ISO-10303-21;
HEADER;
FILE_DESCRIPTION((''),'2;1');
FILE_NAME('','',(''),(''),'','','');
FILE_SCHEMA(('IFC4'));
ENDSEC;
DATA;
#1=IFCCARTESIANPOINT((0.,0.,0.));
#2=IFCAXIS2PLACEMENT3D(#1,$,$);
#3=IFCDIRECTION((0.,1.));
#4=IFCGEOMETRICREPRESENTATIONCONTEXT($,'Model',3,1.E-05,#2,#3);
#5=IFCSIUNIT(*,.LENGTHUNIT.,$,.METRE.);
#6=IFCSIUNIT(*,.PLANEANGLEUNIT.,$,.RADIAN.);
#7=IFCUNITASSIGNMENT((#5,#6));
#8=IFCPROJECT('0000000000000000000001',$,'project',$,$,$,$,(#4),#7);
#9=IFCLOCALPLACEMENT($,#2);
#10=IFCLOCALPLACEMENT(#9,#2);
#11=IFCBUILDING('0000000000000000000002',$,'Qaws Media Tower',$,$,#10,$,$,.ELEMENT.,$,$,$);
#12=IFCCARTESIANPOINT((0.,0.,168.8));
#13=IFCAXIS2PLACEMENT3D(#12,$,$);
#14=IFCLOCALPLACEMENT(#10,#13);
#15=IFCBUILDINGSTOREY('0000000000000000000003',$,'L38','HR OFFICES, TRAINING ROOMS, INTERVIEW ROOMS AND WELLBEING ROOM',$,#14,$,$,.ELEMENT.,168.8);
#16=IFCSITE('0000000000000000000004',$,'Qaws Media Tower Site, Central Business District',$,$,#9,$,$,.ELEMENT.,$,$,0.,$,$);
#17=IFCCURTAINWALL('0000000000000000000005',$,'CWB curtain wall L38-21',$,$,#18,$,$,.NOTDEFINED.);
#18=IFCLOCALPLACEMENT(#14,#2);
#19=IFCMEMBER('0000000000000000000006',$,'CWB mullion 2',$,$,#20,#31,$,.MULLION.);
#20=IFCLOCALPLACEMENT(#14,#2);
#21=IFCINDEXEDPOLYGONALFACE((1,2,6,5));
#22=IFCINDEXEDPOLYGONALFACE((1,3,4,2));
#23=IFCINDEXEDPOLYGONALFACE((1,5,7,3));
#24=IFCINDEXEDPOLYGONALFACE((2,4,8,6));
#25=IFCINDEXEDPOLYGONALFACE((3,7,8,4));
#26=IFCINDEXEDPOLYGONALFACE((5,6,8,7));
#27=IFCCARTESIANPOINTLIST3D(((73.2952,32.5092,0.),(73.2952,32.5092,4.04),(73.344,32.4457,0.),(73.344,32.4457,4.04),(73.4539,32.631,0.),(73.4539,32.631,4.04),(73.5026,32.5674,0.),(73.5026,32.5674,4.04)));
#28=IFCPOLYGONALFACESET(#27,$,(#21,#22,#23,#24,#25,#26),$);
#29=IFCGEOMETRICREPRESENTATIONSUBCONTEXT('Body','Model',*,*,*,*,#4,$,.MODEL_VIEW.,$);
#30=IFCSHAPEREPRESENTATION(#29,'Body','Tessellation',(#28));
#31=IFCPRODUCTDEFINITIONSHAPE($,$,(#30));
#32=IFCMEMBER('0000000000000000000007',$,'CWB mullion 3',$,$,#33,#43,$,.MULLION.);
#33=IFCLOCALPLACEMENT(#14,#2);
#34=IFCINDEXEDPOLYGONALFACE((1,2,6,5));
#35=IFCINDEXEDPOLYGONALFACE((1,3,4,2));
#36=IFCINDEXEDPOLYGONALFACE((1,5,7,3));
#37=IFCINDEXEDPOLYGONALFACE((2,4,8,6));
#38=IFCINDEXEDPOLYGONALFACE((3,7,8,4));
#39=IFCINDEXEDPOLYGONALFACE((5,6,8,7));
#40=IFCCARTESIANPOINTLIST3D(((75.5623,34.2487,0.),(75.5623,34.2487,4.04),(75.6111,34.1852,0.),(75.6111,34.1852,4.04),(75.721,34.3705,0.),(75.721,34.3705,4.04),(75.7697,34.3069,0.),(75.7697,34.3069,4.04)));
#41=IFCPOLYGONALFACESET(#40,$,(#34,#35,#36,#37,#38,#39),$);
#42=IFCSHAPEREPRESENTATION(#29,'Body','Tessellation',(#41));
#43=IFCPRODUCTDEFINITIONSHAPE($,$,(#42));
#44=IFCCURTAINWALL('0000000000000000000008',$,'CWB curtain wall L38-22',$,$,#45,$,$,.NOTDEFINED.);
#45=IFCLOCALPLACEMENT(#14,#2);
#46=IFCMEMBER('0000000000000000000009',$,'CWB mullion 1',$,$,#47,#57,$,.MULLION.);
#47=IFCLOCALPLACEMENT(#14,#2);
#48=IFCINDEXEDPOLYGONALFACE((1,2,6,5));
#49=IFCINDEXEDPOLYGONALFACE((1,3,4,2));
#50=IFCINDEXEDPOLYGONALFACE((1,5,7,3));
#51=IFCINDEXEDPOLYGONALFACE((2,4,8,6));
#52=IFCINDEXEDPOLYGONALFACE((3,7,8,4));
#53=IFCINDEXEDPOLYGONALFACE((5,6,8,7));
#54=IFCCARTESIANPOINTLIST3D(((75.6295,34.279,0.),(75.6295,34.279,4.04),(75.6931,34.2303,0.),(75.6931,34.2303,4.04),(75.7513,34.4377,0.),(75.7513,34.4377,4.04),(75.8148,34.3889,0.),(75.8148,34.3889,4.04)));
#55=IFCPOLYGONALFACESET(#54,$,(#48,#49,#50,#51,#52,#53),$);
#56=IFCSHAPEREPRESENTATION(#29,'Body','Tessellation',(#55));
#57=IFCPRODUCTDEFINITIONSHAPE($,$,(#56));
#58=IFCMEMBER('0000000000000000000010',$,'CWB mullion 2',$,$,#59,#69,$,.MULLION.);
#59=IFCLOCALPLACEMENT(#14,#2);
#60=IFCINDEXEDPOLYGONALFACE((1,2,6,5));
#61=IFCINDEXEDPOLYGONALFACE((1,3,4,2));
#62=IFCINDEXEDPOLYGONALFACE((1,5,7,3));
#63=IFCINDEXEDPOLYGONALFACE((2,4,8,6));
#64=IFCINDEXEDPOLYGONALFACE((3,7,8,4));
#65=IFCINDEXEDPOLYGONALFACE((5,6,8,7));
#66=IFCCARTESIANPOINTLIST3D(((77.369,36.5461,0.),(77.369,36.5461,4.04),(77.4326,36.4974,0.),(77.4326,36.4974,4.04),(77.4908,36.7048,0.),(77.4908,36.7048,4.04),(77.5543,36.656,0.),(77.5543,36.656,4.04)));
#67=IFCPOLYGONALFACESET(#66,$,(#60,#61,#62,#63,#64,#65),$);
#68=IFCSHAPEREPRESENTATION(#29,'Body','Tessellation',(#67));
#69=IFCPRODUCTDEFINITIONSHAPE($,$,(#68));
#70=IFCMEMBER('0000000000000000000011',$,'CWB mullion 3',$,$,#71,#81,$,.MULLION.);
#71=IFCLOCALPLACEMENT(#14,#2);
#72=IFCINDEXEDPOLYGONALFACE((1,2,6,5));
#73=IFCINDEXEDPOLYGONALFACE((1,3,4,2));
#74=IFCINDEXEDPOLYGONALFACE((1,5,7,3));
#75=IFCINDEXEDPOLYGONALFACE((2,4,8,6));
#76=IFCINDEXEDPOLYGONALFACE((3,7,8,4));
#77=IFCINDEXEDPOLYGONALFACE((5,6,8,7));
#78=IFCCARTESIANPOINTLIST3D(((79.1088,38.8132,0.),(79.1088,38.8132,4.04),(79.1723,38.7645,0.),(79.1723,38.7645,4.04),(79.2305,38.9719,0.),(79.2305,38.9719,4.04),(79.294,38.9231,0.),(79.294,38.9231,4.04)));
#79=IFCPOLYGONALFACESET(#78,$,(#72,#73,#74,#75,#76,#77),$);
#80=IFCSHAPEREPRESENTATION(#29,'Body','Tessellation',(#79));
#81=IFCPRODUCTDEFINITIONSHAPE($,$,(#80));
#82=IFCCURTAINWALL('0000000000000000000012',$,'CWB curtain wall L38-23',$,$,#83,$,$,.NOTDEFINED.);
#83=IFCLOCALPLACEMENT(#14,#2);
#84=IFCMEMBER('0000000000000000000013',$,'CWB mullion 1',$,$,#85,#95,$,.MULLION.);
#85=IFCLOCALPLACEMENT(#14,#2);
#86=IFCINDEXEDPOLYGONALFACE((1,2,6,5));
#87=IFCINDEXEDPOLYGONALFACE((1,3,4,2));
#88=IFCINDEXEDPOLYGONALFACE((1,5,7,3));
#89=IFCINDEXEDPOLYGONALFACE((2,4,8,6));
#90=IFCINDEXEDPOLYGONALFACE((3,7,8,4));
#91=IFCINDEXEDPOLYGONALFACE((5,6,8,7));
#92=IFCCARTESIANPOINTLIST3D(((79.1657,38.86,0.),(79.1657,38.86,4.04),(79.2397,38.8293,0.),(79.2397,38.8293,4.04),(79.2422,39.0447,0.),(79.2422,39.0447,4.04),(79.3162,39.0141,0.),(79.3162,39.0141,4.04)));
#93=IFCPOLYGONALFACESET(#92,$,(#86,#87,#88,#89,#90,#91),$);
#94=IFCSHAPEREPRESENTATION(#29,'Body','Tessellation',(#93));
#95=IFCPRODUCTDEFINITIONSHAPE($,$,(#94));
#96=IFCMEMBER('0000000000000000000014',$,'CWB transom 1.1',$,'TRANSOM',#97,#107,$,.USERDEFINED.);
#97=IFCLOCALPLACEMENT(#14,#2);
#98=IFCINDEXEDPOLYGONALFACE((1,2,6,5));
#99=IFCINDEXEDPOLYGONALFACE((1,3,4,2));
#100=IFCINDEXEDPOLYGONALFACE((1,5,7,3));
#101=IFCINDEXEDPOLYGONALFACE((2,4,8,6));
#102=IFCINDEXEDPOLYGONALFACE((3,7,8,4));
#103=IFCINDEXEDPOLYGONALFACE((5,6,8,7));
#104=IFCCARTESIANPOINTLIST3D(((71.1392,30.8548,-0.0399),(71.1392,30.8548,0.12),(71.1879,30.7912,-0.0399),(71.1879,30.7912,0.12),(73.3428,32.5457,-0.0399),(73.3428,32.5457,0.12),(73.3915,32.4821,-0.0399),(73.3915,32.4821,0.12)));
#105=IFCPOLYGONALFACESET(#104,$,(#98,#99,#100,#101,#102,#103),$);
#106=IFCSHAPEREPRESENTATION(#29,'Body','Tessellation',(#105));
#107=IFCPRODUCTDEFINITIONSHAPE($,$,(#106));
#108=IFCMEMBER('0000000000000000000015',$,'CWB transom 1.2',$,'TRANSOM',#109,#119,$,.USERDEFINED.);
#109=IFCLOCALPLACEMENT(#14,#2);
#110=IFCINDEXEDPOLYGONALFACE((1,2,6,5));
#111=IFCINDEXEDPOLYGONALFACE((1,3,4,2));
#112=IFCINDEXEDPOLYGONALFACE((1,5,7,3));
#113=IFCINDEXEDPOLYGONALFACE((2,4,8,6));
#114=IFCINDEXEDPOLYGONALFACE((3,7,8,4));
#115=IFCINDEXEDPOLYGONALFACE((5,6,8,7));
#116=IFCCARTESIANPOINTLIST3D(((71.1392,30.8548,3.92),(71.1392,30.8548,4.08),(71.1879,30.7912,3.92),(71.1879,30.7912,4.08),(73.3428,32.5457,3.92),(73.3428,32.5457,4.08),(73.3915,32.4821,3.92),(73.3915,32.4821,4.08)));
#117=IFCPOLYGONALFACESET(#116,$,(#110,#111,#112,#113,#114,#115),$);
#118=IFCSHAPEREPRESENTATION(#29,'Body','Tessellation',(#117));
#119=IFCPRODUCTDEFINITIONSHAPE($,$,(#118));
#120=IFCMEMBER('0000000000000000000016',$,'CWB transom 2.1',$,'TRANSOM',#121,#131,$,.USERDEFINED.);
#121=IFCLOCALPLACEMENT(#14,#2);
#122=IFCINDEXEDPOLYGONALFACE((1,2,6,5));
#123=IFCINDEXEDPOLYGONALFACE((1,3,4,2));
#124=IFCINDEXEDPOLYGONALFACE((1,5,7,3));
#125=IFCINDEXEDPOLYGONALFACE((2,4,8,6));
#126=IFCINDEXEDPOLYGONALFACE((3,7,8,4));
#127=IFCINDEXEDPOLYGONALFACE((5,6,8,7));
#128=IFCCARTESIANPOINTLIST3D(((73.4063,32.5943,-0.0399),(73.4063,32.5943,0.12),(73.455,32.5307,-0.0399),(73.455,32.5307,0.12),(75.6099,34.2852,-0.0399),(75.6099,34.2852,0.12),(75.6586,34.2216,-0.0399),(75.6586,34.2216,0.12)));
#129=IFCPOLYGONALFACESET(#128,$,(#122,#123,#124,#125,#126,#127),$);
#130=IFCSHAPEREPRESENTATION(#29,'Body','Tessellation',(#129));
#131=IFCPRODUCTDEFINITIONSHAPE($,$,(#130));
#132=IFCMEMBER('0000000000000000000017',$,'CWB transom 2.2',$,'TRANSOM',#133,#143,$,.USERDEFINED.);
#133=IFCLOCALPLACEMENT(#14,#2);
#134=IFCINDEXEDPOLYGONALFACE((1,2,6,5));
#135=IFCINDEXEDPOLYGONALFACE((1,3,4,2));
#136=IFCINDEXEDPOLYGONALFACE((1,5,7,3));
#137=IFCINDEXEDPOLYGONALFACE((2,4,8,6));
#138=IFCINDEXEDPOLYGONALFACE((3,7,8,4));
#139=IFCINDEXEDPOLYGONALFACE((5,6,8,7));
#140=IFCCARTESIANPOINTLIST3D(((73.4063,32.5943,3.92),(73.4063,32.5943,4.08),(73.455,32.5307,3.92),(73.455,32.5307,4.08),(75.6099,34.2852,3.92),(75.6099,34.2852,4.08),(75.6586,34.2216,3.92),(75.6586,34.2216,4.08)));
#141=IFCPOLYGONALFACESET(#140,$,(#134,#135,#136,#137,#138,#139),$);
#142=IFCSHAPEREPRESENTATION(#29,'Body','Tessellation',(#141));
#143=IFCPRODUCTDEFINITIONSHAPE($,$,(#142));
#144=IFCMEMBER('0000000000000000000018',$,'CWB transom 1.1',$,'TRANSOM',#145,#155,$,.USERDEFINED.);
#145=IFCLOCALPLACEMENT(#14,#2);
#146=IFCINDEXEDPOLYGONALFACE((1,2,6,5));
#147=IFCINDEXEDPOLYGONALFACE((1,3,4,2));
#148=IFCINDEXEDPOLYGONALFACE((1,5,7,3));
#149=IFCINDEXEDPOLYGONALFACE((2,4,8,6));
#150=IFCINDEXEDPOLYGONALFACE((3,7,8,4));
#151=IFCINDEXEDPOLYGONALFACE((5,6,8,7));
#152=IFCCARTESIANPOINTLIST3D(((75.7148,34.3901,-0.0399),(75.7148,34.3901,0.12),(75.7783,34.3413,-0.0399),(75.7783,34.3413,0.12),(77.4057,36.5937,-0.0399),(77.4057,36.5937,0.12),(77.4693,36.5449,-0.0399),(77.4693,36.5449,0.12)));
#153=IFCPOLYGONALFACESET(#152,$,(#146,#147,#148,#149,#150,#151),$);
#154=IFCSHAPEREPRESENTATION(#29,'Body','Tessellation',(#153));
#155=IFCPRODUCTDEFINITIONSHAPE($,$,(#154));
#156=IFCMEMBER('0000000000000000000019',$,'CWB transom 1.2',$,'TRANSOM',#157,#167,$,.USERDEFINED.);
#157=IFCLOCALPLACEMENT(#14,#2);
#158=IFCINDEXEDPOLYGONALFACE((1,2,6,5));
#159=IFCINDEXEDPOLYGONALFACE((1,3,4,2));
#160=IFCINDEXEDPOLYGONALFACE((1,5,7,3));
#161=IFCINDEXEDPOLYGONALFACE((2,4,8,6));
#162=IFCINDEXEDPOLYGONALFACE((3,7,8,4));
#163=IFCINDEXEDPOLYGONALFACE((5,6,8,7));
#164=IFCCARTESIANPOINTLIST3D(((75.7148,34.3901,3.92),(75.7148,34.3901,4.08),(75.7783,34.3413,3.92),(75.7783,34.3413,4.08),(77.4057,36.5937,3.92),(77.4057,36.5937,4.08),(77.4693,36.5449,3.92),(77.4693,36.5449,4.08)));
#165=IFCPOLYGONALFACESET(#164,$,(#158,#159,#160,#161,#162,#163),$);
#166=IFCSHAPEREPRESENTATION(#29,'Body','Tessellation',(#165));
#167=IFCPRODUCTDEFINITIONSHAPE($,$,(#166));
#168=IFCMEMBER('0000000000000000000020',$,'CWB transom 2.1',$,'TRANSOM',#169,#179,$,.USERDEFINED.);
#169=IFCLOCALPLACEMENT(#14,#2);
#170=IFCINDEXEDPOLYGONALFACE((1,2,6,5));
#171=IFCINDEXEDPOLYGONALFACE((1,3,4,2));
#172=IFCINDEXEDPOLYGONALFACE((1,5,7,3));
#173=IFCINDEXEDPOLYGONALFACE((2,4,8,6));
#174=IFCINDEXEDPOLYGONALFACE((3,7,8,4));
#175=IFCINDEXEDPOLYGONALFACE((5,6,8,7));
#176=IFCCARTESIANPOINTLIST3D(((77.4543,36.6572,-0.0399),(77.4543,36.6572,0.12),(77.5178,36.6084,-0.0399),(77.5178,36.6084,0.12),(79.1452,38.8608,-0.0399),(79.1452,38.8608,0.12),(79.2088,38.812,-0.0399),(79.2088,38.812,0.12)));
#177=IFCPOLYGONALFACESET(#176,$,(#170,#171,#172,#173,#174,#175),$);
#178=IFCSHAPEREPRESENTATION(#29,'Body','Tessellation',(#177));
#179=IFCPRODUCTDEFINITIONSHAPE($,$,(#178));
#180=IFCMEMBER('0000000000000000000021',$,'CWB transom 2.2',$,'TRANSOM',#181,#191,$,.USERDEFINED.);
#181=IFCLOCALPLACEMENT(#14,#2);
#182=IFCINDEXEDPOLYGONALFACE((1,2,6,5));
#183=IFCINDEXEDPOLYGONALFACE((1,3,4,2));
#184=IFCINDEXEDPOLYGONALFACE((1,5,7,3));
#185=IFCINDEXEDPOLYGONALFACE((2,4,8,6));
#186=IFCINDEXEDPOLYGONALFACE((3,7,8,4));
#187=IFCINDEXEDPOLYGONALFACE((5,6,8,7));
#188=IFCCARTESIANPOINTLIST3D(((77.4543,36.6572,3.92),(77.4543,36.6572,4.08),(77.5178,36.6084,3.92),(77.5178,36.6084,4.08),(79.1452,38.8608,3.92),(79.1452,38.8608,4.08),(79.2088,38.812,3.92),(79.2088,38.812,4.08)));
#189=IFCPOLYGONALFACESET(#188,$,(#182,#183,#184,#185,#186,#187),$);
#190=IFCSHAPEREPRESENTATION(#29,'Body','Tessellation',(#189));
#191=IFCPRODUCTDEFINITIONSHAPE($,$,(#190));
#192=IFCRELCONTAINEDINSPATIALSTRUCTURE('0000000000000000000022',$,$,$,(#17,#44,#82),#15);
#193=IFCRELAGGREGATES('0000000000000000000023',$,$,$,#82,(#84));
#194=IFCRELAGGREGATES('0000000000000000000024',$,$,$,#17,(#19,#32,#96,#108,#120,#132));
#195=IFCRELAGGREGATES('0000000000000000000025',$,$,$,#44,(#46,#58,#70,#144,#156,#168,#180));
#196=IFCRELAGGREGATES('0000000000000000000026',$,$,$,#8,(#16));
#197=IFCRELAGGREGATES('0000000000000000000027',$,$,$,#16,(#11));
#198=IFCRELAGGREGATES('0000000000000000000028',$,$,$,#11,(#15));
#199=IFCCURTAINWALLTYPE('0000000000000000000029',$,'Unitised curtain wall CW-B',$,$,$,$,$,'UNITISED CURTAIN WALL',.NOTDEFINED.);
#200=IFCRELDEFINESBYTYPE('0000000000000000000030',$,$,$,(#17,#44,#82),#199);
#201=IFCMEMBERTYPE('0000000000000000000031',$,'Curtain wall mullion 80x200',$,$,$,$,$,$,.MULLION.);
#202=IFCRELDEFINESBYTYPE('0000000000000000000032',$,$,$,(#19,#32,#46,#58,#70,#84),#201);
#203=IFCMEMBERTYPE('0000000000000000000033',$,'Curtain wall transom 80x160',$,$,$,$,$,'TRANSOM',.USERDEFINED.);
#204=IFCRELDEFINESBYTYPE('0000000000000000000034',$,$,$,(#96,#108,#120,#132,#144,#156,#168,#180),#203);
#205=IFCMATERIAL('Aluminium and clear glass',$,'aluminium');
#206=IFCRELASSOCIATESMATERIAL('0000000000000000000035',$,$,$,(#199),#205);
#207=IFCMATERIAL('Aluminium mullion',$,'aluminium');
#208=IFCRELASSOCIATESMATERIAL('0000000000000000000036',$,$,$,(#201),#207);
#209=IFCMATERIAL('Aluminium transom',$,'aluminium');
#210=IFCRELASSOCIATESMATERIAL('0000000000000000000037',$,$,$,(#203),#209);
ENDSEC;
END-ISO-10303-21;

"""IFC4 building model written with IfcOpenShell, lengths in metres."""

from ifc_helpers import new_model, si_unit, direction, frame, origin, origin_2d, place, context, subcontext, project, spatial, rectangle, extrude, material, material_profile, profile_set, type_object, element, aggregate, save


model = new_model("IFC4")

# Units and contexts
model_context = context("Model", 3, precision=1e-05, world=origin(), true_north=direction((0.0, 1.0)))
body_context = subcontext(model_context, "Body", "Model", "MODEL_VIEW")
ifc_project = project(units=[si_unit("LENGTHUNIT", "METRE"), si_unit("PLANEANGLEUNIT", "RADIAN")], contexts=[model_context])

# Site, building, storey
site_placement = place(None, origin())
site = spatial("IfcSite", under=ifc_project, at=site_placement, Name="Qaws Media Tower Site, Central Business District", CompositionType="ELEMENT", RefElevation=0.0)
building_placement = place(site_placement, origin())
building = spatial("IfcBuilding", under=site, at=building_placement, Name="Qaws Media Tower", CompositionType="ELEMENT")
storey_placement = place(building_placement, frame((0.0, 0.0, 168.8)))
storey = spatial("IfcBuildingStorey", under=building, at=storey_placement, Name="L38", Description="HR OFFICES, TRAINING ROOMS, INTERVIEW ROOMS AND WELLBEING ROOM", CompositionType="ELEMENT", Elevation=168.8)

# Curtain walls, members
ifc_material_1 = material(Name="Aluminium and clear glass", Category="aluminium")
curtain_wall_type = type_object("IfcCurtainWallType", Name="Unitised curtain wall CW-B", ElementType="UNITISED CURTAIN WALL", PredefinedType="NOTDEFINED", material=ifc_material_1)
curtain_wall_1_placement = place(storey_placement, origin())
curtain_wall_1 = element("IfcCurtainWall", 1, at=curtain_wall_1_placement, inside=storey, type_object=curtain_wall_type, Name="CWB curtain wall L38-21", PredefinedType="NOTDEFINED")
ifc_material_2 = material(Name="Aluminium mullion", Category="aluminium")
ifc_material_profile_1 = material_profile(ifc_material_2, rectangle(XDim=0.0801, YDim=0.2, at=origin_2d()), Name="80x200")
ifc_profile_set_1 = profile_set([ifc_material_profile_1], Name="Aluminium mullion")
member_type_1 = type_object("IfcMemberType", Name="Curtain wall mullion 80x200", PredefinedType="MULLION", material=ifc_profile_set_1)
member_1_placement = place(storey_placement, frame((73.3989, 32.5383, 0.0), z_axis=(0.0, 0.0, 1.0), x_axis=(-0.608761, 0.793353, 0.0)))
member_1 = element("IfcMember", 2, at=member_1_placement, type_object=member_type_1, Name="CWB mullion 2", PredefinedType="MULLION", context=body_context, shape_type="SweptSolid", body=[
    extrude(rectangle(XDim=0.0801, YDim=0.2, at=origin_2d()), origin(), (0.0, 0.0, 1.0), 4.04),
])
member_2_placement = place(storey_placement, frame((75.666, 34.2778, 0.0), z_axis=(0.0, 0.0, 1.0), x_axis=(-0.608761, 0.793353, 0.0)))
member_2 = element("IfcMember", 3, at=member_2_placement, type_object=member_type_1, Name="CWB mullion 3", PredefinedType="MULLION", context=body_context, shape_type="SweptSolid", body=[
    extrude(rectangle(XDim=0.0801, YDim=0.2, at=origin_2d()), origin(), (0.0, 0.0, 1.0), 4.04),
])
curtain_wall_2_placement = place(storey_placement, origin())
curtain_wall_2 = element("IfcCurtainWall", 4, at=curtain_wall_2_placement, inside=storey, type_object=curtain_wall_type, Name="CWB curtain wall L38-22", PredefinedType="NOTDEFINED")
member_3_placement = place(storey_placement, frame((75.7222, 34.334, 0.0), z_axis=(0.0, 0.0, 1.0), x_axis=(-0.793353, 0.608761, 0.0)))
member_3 = element("IfcMember", 5, at=member_3_placement, type_object=member_type_1, Name="CWB mullion 1", PredefinedType="MULLION", context=body_context, shape_type="SweptSolid", body=[
    extrude(rectangle(XDim=0.0801, YDim=0.2, at=origin_2d()), origin(), (0.0, 0.0, 1.0), 4.04),
])
member_4_placement = place(storey_placement, frame((77.4617, 36.6011, 0.0), z_axis=(0.0, 0.0, 1.0), x_axis=(-0.793353, 0.608761, 0.0)))
member_4 = element("IfcMember", 6, at=member_4_placement, type_object=member_type_1, Name="CWB mullion 2", PredefinedType="MULLION", context=body_context, shape_type="SweptSolid", body=[
    extrude(rectangle(XDim=0.0801, YDim=0.2, at=origin_2d()), origin(), (0.0, 0.0, 1.0), 4.04),
])
member_5_placement = place(storey_placement, frame((79.2014, 38.8682, 0.0), z_axis=(0.0, 0.0, 1.0), x_axis=(-0.793353, 0.608761, 0.0)))
member_5 = element("IfcMember", 7, at=member_5_placement, type_object=member_type_1, Name="CWB mullion 3", PredefinedType="MULLION", context=body_context, shape_type="SweptSolid", body=[
    extrude(rectangle(XDim=0.0801, YDim=0.2, at=origin_2d()), origin(), (0.0, 0.0, 1.0), 4.04),
])

# Curtain wall, member
curtain_wall_3_placement = place(storey_placement, origin())
curtain_wall_3 = element("IfcCurtainWall", 8, at=curtain_wall_3_placement, inside=storey, type_object=curtain_wall_type, Name="CWB curtain wall L38-23", PredefinedType="NOTDEFINED")
member_6_placement = place(storey_placement, frame((79.241, 38.937, 0.0), z_axis=(0.0, 0.0, 1.0), x_axis=(-0.92388, 0.382683, 0.0)))
member_6 = element("IfcMember", 9, at=member_6_placement, type_object=member_type_1, Name="CWB mullion 1", PredefinedType="MULLION", context=body_context, shape_type="SweptSolid", body=[
    extrude(rectangle(XDim=0.0801, YDim=0.2, at=origin_2d()), origin(), (0.0, 0.0, 1.0), 4.04),
])

# Members
ifc_material_3 = material(Name="Aluminium transom", Category="aluminium")
ifc_material_profile_2 = material_profile(ifc_material_3, rectangle(XDim=0.0801, YDim=0.1599, at=origin_2d()), Name="80x160")
ifc_profile_set_2 = profile_set([ifc_material_profile_2], Name="Aluminium transom")
member_type_2 = type_object("IfcMemberType", Name="Curtain wall transom 80x160", ElementType="TRANSOM", PredefinedType="USERDEFINED", material=ifc_profile_set_2)
member_7_placement = place(storey_placement, frame((71.1636, 30.823, 0.04), z_axis=(0.793349, 0.608767, 0.0), x_axis=(-0.608767, 0.793349, 0.0)))
member_7 = element("IfcMember", 10, at=member_7_placement, type_object=member_type_2, Name="CWB transom 1.1", ObjectType="TRANSOM", PredefinedType="USERDEFINED", context=body_context, shape_type="SweptSolid", body=[
    extrude(rectangle(XDim=0.0801, YDim=0.1599, at=origin_2d()), origin(), (0.0, 0.0, 1.0), 2.7776),
])
member_8_placement = place(storey_placement, frame((71.1636, 30.823, 4.0), z_axis=(0.793349, 0.608767, 0.0), x_axis=(-0.608767, 0.793349, 0.0)))
member_8 = element("IfcMember", 11, at=member_8_placement, type_object=member_type_2, Name="CWB transom 1.2", ObjectType="TRANSOM", PredefinedType="USERDEFINED", context=body_context, shape_type="SweptSolid", body=[
    extrude(rectangle(XDim=0.0801, YDim=0.1599, at=origin_2d()), origin(), (0.0, 0.0, 1.0), 2.7776),
])
member_9_placement = place(storey_placement, frame((73.4307, 32.5625, 0.04), z_axis=(0.793349, 0.608767, 0.0), x_axis=(-0.608767, 0.793349, 0.0)))
member_9 = element("IfcMember", 12, at=member_9_placement, type_object=member_type_2, Name="CWB transom 2.1", ObjectType="TRANSOM", PredefinedType="USERDEFINED", context=body_context, shape_type="SweptSolid", body=[
    extrude(rectangle(XDim=0.0801, YDim=0.1599, at=origin_2d()), origin(), (0.0, 0.0, 1.0), 2.7776),
])
member_10_placement = place(storey_placement, frame((73.4307, 32.5625, 4.0), z_axis=(0.793349, 0.608767, 0.0), x_axis=(-0.608767, 0.793349, 0.0)))
member_10 = element("IfcMember", 13, at=member_10_placement, type_object=member_type_2, Name="CWB transom 2.2", ObjectType="TRANSOM", PredefinedType="USERDEFINED", context=body_context, shape_type="SweptSolid", body=[
    extrude(rectangle(XDim=0.0801, YDim=0.1599, at=origin_2d()), origin(), (0.0, 0.0, 1.0), 2.7776),
])
member_11_placement = place(storey_placement, frame((75.7466, 34.3657, 0.04), z_axis=(0.608767, 0.793349, 0.0), x_axis=(-0.793349, 0.608767, 0.0)))
member_11 = element("IfcMember", 14, at=member_11_placement, type_object=member_type_2, Name="CWB transom 1.1", ObjectType="TRANSOM", PredefinedType="USERDEFINED", context=body_context, shape_type="SweptSolid", body=[
    extrude(rectangle(XDim=0.0801, YDim=0.1599, at=origin_2d()), origin(), (0.0, 0.0, 1.0), 2.7776),
])
member_12_placement = place(storey_placement, frame((75.7466, 34.3657, 4.0), z_axis=(0.608767, 0.793349, 0.0), x_axis=(-0.793349, 0.608767, 0.0)))
member_12 = element("IfcMember", 15, at=member_12_placement, type_object=member_type_2, Name="CWB transom 1.2", ObjectType="TRANSOM", PredefinedType="USERDEFINED", context=body_context, shape_type="SweptSolid", body=[
    extrude(rectangle(XDim=0.0801, YDim=0.1599, at=origin_2d()), origin(), (0.0, 0.0, 1.0), 2.7776),
])
member_13_placement = place(storey_placement, frame((77.4861, 36.6328, 0.04), z_axis=(0.608767, 0.793349, 0.0), x_axis=(-0.793349, 0.608767, 0.0)))
member_13 = element("IfcMember", 16, at=member_13_placement, type_object=member_type_2, Name="CWB transom 2.1", ObjectType="TRANSOM", PredefinedType="USERDEFINED", context=body_context, shape_type="SweptSolid", body=[
    extrude(rectangle(XDim=0.0801, YDim=0.1599, at=origin_2d()), origin(), (0.0, 0.0, 1.0), 2.7776),
])
member_14_placement = place(storey_placement, frame((77.4861, 36.6328, 4.0), z_axis=(0.608767, 0.793349, 0.0), x_axis=(-0.793349, 0.608767, 0.0)))
member_14 = element("IfcMember", 17, at=member_14_placement, type_object=member_type_2, Name="CWB transom 2.2", ObjectType="TRANSOM", PredefinedType="USERDEFINED", context=body_context, shape_type="SweptSolid", body=[
    extrude(rectangle(XDim=0.0801, YDim=0.1599, at=origin_2d()), origin(), (0.0, 0.0, 1.0), 2.7776),
])
aggregate(curtain_wall_3, [member_6])

aggregate(curtain_wall_1, [member_1, member_2, member_7, member_8, member_9, member_10])
aggregate(curtain_wall_2, [member_3, member_4, member_5, member_11, member_12, member_13, member_14])

save(model, "model.ifc")
